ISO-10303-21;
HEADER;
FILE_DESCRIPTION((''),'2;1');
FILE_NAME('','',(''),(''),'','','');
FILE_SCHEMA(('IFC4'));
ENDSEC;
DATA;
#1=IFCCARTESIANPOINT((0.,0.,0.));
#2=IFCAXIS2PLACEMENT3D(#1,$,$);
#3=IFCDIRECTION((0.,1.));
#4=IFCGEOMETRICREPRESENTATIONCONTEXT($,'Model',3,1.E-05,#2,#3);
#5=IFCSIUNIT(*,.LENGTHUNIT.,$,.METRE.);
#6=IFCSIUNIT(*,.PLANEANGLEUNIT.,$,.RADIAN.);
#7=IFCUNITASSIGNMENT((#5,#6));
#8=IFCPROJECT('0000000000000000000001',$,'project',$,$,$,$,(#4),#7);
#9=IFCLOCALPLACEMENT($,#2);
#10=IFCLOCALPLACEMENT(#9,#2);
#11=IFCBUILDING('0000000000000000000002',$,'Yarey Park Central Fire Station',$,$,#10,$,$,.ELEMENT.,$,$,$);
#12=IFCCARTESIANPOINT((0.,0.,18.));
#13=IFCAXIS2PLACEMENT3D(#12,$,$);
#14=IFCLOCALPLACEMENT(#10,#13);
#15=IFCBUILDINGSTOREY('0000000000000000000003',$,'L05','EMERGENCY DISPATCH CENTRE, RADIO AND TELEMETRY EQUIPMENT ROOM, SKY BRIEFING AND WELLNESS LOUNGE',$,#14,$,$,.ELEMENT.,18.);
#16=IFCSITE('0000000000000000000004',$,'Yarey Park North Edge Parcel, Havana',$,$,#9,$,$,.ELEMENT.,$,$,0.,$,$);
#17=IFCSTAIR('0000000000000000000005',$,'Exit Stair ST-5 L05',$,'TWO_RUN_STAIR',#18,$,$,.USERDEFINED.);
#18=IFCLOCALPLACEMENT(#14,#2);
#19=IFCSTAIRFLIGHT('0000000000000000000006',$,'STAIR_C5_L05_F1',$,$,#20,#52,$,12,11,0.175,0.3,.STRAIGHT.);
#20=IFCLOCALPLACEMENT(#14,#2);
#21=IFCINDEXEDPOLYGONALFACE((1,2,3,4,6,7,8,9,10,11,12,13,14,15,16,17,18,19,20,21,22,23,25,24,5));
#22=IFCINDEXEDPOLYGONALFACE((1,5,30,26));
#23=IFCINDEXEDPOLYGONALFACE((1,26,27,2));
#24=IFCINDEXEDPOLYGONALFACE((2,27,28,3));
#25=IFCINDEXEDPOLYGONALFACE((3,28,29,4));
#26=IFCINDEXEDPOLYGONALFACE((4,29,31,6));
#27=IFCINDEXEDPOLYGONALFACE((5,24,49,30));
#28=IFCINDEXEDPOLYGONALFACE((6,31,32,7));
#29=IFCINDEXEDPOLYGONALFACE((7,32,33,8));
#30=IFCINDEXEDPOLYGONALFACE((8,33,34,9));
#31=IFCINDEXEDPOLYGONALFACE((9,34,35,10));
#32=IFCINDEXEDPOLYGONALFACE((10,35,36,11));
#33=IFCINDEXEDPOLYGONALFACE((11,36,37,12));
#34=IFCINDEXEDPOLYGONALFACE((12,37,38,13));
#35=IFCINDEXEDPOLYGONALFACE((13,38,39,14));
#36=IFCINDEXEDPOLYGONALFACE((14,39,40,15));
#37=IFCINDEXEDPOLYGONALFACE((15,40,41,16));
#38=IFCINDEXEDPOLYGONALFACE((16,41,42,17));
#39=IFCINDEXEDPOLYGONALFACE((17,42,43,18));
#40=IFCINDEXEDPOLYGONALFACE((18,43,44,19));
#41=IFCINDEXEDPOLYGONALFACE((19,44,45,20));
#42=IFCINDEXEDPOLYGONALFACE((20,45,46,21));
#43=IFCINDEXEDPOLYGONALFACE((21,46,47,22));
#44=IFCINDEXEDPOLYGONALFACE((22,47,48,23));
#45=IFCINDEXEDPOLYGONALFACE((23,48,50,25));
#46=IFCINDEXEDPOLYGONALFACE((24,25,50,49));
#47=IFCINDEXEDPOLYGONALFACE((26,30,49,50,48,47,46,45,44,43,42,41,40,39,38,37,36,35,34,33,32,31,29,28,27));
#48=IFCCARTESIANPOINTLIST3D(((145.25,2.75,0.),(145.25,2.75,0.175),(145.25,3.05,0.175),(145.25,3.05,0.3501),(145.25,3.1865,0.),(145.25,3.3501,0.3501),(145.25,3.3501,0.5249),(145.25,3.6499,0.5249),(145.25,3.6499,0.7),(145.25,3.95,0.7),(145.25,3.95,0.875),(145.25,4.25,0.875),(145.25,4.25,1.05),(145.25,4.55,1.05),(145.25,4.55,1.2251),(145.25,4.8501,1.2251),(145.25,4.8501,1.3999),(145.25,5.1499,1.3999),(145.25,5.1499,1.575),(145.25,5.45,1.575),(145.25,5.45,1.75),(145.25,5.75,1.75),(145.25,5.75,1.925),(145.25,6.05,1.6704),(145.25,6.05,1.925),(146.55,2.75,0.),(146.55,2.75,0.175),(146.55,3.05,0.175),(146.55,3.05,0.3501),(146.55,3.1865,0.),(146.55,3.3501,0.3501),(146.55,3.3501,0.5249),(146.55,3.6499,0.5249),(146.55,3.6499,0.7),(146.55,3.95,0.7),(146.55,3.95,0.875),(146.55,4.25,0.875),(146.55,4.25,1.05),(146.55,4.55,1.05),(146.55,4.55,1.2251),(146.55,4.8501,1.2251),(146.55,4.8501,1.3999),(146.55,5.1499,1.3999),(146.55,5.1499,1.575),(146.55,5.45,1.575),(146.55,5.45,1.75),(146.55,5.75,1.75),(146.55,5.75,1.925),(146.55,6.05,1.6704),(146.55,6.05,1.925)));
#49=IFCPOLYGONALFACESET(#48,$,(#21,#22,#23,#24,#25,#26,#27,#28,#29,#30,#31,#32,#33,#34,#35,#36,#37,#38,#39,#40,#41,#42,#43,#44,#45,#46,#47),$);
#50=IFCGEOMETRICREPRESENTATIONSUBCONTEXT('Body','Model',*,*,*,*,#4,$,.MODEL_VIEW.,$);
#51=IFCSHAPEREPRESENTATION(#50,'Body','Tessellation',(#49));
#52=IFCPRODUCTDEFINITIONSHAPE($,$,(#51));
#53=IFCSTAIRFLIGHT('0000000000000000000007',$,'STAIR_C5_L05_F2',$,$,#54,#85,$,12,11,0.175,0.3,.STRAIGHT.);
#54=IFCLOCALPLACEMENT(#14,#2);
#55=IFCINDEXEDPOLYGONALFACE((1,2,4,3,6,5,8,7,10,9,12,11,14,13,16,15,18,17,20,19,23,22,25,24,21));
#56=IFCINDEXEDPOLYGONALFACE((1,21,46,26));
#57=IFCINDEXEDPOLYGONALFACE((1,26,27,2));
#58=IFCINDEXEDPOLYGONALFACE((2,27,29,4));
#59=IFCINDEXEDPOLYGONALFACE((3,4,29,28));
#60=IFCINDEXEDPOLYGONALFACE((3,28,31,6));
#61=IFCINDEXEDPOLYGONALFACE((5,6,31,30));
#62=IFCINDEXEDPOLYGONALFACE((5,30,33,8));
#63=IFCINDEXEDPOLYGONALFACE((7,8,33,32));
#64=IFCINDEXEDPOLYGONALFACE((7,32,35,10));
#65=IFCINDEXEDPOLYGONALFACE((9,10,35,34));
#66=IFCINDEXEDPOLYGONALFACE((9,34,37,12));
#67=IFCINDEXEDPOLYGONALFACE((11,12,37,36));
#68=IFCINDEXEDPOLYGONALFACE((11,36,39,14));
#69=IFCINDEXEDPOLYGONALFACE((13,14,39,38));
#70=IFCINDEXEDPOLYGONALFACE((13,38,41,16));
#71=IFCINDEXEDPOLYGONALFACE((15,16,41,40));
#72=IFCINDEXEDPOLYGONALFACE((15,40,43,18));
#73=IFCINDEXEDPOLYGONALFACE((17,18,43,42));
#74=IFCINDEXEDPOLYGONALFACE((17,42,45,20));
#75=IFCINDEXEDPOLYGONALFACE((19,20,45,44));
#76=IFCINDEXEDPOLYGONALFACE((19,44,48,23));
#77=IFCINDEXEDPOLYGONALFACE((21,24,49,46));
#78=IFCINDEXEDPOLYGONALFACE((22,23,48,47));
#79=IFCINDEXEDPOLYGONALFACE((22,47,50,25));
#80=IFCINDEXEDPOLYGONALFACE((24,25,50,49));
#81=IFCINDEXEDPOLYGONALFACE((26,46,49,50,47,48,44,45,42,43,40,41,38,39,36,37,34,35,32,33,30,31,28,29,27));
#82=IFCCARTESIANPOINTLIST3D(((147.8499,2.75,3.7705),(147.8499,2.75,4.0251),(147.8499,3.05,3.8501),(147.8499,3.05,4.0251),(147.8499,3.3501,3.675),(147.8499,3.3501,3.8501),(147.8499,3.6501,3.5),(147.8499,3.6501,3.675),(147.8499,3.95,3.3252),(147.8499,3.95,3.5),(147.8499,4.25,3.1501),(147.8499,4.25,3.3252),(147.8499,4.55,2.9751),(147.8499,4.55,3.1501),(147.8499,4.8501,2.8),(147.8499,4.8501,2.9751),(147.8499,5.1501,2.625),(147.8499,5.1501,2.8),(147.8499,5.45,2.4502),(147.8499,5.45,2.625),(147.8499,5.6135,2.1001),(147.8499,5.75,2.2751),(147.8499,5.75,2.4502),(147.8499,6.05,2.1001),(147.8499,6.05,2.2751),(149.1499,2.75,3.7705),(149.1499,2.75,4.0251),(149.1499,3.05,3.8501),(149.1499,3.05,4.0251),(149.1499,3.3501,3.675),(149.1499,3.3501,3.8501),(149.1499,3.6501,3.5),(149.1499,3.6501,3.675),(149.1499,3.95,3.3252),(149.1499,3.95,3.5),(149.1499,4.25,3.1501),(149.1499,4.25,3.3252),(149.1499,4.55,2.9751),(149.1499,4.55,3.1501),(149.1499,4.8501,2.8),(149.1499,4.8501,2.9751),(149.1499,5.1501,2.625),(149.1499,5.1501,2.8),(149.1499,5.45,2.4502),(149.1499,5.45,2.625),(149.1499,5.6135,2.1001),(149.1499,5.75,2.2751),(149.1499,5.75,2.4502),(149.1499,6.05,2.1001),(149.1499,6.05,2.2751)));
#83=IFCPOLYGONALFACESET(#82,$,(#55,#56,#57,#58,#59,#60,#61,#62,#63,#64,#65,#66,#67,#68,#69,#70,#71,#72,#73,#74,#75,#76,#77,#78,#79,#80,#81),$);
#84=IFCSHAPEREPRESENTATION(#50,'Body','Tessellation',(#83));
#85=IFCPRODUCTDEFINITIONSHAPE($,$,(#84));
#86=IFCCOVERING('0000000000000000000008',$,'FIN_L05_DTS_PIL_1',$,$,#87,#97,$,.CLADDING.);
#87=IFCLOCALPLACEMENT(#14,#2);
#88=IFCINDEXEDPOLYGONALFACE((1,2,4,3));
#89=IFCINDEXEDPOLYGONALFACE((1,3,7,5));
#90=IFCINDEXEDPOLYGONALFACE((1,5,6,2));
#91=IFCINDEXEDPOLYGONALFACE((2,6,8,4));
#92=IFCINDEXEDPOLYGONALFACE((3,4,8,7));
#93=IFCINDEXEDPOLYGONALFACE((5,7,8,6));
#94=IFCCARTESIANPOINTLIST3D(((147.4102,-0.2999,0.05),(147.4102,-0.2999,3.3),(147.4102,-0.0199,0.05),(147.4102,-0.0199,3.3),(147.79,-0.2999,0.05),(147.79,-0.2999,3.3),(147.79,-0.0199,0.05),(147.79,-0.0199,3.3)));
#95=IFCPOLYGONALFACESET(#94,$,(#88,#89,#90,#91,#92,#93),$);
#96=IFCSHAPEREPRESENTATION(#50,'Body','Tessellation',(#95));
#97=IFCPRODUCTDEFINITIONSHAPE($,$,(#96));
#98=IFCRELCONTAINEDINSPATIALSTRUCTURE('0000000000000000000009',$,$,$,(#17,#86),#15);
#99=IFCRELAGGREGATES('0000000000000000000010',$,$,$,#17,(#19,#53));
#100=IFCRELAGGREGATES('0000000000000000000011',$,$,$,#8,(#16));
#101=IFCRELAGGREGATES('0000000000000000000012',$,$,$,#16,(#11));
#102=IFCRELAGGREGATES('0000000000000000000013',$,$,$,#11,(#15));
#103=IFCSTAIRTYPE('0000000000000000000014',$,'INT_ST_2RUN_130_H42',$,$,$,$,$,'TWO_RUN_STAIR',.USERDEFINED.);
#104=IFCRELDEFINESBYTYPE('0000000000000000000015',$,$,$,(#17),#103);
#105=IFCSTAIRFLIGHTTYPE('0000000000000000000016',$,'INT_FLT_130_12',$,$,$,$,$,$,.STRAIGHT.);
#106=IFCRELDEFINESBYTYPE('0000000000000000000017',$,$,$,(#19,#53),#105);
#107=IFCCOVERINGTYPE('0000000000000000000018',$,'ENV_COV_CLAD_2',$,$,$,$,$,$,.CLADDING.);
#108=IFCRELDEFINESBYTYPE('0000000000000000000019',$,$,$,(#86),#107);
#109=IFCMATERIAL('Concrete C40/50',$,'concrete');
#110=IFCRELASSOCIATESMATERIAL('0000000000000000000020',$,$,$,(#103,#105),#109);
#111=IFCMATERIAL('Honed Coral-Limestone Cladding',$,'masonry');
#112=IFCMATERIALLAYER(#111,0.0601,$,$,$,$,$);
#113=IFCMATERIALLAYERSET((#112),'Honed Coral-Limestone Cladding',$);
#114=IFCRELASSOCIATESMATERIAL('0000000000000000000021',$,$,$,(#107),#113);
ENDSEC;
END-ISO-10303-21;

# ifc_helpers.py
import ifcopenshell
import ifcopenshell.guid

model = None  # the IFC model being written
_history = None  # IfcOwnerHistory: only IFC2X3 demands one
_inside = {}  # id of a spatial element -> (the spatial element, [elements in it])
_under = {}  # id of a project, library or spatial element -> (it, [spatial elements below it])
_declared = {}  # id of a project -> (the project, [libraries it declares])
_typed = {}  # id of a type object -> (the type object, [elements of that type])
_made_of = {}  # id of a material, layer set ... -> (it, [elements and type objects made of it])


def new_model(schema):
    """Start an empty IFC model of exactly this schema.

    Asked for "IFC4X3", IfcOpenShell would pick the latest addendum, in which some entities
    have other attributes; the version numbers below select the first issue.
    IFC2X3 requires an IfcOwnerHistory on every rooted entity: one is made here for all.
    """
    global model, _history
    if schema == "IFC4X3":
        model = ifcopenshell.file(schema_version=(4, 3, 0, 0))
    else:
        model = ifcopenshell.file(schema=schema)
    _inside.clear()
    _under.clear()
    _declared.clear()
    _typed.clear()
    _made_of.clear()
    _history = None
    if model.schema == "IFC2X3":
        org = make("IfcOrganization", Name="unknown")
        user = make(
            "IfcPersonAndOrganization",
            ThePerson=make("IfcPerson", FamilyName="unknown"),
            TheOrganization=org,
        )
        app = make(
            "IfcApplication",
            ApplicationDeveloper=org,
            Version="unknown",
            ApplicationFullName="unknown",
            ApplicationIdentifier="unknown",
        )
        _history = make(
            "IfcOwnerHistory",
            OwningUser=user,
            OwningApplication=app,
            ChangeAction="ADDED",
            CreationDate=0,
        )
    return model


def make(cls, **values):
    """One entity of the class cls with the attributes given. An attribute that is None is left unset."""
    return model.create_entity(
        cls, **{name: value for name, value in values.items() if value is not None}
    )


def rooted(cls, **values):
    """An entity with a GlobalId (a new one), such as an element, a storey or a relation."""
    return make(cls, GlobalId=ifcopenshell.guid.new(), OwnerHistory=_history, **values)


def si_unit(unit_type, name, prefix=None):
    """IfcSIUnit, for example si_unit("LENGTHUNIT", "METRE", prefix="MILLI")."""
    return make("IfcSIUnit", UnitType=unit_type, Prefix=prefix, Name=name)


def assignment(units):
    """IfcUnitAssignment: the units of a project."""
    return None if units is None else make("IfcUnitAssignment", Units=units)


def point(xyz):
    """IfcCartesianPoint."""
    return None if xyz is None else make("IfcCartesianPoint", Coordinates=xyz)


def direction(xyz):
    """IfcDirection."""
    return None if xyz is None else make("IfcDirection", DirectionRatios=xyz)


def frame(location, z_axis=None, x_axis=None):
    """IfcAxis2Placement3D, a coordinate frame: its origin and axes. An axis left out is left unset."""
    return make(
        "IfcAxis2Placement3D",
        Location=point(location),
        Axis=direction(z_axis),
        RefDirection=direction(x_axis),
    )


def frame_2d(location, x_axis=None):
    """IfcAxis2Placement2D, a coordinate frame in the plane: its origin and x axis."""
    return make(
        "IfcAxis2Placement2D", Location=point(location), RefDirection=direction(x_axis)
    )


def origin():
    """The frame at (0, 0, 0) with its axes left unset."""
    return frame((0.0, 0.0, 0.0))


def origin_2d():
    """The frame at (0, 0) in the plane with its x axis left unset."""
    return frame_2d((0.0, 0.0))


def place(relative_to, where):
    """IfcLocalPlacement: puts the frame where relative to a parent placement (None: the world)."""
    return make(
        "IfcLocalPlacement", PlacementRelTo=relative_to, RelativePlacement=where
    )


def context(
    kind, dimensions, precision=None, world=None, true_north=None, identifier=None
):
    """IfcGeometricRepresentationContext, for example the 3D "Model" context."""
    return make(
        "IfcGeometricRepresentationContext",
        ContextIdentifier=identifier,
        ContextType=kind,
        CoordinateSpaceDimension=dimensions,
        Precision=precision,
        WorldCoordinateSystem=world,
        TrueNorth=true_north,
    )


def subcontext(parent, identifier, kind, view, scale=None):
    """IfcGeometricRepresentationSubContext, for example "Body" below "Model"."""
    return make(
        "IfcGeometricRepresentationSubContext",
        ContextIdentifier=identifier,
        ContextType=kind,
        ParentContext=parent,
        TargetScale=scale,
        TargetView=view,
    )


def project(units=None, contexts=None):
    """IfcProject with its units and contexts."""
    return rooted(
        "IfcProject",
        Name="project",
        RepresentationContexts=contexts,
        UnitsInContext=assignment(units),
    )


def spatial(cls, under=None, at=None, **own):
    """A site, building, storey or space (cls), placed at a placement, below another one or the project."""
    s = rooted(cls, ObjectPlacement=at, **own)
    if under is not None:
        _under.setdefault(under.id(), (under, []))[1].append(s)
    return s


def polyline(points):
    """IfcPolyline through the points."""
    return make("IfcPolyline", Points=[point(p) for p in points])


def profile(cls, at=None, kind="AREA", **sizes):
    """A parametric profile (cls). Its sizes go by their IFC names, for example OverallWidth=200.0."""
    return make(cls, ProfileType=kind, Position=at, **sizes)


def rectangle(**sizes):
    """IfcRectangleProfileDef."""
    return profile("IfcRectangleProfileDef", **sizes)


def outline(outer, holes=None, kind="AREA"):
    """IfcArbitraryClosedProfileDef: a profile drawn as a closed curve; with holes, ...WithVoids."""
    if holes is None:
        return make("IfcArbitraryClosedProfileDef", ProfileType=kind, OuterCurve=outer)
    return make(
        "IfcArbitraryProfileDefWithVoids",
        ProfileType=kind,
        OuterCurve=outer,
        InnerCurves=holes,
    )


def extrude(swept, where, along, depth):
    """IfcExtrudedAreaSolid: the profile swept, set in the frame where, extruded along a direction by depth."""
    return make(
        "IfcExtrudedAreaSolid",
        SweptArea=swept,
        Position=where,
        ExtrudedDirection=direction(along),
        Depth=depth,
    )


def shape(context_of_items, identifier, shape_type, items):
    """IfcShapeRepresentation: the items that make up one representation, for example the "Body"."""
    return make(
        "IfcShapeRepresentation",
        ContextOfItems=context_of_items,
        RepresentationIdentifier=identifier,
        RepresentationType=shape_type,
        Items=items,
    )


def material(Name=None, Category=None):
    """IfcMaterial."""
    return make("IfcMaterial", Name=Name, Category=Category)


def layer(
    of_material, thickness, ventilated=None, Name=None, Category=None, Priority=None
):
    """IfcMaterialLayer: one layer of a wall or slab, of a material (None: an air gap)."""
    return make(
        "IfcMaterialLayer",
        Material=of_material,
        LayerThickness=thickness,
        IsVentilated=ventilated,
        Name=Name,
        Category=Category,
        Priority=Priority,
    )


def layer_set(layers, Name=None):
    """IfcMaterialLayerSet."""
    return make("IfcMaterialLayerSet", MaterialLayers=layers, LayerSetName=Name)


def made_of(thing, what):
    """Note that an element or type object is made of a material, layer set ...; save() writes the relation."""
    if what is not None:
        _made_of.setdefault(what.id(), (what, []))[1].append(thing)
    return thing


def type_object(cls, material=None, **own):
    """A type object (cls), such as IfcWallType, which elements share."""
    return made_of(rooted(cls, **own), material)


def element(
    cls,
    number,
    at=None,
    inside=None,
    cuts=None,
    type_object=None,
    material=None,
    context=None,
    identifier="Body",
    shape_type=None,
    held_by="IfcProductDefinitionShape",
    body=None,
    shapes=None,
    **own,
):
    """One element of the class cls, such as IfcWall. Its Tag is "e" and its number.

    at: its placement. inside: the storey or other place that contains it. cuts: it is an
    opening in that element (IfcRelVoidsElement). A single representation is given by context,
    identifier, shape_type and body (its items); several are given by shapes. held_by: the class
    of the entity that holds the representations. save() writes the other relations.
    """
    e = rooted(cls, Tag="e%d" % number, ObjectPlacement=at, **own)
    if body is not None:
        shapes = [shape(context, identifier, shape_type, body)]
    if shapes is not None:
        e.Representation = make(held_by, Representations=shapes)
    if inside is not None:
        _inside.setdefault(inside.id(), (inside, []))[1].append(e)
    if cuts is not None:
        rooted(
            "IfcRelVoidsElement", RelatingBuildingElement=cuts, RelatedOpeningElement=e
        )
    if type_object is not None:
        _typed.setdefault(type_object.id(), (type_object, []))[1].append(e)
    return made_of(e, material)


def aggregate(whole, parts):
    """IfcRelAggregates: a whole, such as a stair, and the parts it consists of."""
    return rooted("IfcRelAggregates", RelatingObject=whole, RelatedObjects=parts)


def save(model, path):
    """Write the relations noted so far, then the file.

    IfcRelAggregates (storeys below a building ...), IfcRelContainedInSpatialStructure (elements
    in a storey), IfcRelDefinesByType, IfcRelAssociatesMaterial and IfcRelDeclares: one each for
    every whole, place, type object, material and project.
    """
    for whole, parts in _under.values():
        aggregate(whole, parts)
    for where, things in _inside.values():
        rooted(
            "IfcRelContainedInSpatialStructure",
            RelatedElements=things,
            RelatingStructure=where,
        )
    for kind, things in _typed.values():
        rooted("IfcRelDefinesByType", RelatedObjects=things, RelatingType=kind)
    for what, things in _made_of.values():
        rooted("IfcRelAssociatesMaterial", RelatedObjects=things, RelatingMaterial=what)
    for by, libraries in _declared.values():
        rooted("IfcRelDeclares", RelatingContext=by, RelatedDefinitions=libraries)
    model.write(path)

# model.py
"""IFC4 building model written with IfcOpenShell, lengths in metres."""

from ifc_helpers import new_model, si_unit, direction, frame, origin, origin_2d, place, context, subcontext, project, spatial, polyline, rectangle, outline, extrude, material, layer, layer_set, type_object, element, aggregate, save


model = new_model("IFC4")

# Units and contexts
model_context = context("Model", 3, precision=1e-05, world=origin(), true_north=direction((0.0, 1.0)))
body_context = subcontext(model_context, "Body", "Model", "MODEL_VIEW")
ifc_project = project(units=[si_unit("LENGTHUNIT", "METRE"), si_unit("PLANEANGLEUNIT", "RADIAN")], contexts=[model_context])

# Site, building, storey
site_placement = place(None, origin())
site = spatial("IfcSite", under=ifc_project, at=site_placement, Name="Yarey Park North Edge Parcel, Havana", CompositionType="ELEMENT", RefElevation=0.0)
building_placement = place(site_placement, origin())
building = spatial("IfcBuilding", under=site, at=building_placement, Name="Yarey Park Central Fire Station", CompositionType="ELEMENT")
storey_placement = place(building_placement, frame((0.0, 0.0, 18.0)))
storey = spatial("IfcBuildingStorey", under=building, at=storey_placement, Name="L05", Description="EMERGENCY DISPATCH CENTRE, RADIO AND TELEMETRY EQUIPMENT ROOM, SKY BRIEFING AND WELLNESS LOUNGE", CompositionType="ELEMENT", Elevation=18.0)

# Shared definitions
ifc_material_1 = material(Name="Concrete C40/50", Category="concrete")

# Stair, stair flights
stair_type = type_object("IfcStairType", Name="INT_ST_2RUN_130_H42", ElementType="TWO_RUN_STAIR", PredefinedType="USERDEFINED", material=ifc_material_1)
stair_placement = place(storey_placement, origin())
stair = element("IfcStair", 1, at=stair_placement, inside=storey, type_object=stair_type, Name="Exit Stair ST-5 L05", ObjectType="TWO_RUN_STAIR", PredefinedType="USERDEFINED")
stair_flight_type = type_object("IfcStairFlightType", Name="INT_FLT_130_12", PredefinedType="STRAIGHT", material=ifc_material_1)
stair_flight_1_placement = place(storey_placement, frame((145.8999, 2.75, 0.0), z_axis=(0.0, 0.0, 1.0), x_axis=(0.0, 1.0, 0.0)))
stair_flight_1 = element("IfcStairFlight", 2, at=stair_flight_1_placement, type_object=stair_flight_type, Name="STAIR_C5_L05_F1", NumberOfRisers=12, NumberOfTreads=11, PredefinedType="STRAIGHT", RiserHeight=0.175, TreadLength=0.3, context=body_context, shape_type="SweptSolid", body=[
    extrude(outline(polyline([(0.0, 0.0), (0.0, 0.175), (0.3, 0.175), (0.3, 0.3501), (0.6001, 0.3501), (0.6001, 0.5249), (0.8999, 0.5249), (0.8999, 0.7), (1.2, 0.7), (1.2, 0.875), (1.5, 0.875), (1.5, 1.05), (1.8, 1.05), (1.8, 1.2251), (2.1001, 1.2251), (2.1001, 1.3999), (2.3999, 1.3999), (2.3999, 1.575), (2.7, 1.575), (2.7, 1.75), (3.0, 1.75), (3.0, 1.925), (3.3, 1.925), (3.3, 2.1001), (3.3, 1.6704), (0.4365, 0.0), (0.0, 0.0)])), frame((0.0, 0.6499, 0.0), z_axis=(0.0, -1.0, 0.0), x_axis=(1.0, 0.0, 0.0)), (0.0, 0.0, 1.0), 1.3),
])
stair_flight_2_placement = place(storey_placement, frame((148.5, 6.05, 2.1001), z_axis=(0.0, 0.0, 1.0), x_axis=(0.0, -1.0, 0.0)))
stair_flight_2 = element("IfcStairFlight", 3, at=stair_flight_2_placement, type_object=stair_flight_type, Name="STAIR_C5_L05_F2", NumberOfRisers=12, NumberOfTreads=11, PredefinedType="STRAIGHT", RiserHeight=0.175, TreadLength=0.3, context=body_context, shape_type="SweptSolid", body=[
    extrude(outline(polyline([(0.0, 0.0), (0.0, 0.175), (0.3, 0.175), (0.3, 0.3501), (0.6001, 0.3501), (0.6001, 0.5249), (0.8999, 0.5249), (0.8999, 0.7), (1.2, 0.7), (1.2, 0.875), (1.5, 0.875), (1.5, 1.05), (1.8, 1.05), (1.8, 1.2251), (2.1001, 1.2251), (2.1001, 1.3999), (2.3999, 1.3999), (2.3999, 1.575), (2.7, 1.575), (2.7, 1.75), (3.0, 1.75), (3.0, 1.925), (3.3, 1.925), (3.3, 2.1001), (3.3, 1.6704), (0.4365, 0.0), (0.0, 0.0)])), frame((0.0, 0.6499, 0.0), z_axis=(0.0, -1.0, 0.0), x_axis=(1.0, 0.0, 0.0)), (0.0, 0.0, 1.0), 1.3),
])
aggregate(stair, [stair_flight_1, stair_flight_2])

# Covering
ifc_material_2 = material(Name="Honed Coral-Limestone Cladding", Category="masonry")
ifc_layer_1 = layer(ifc_material_2, 0.0601)
ifc_layer_set_1 = layer_set([ifc_layer_1], Name="Honed Coral-Limestone Cladding")
covering_type = type_object("IfcCoveringType", Name="ENV_COV_CLAD_2", PredefinedType="CLADDING", material=ifc_layer_set_1)
covering_placement = place(storey_placement, frame((147.6001, -0.1599, 0.05), z_axis=(0.0, 0.0, 1.0), x_axis=(1.0, 0.0, 0.0)))
element("IfcCovering", 4, at=covering_placement, inside=storey, type_object=covering_type, Name="FIN_L05_DTS_PIL_1", PredefinedType="CLADDING", context=body_context, shape_type="SweptSolid", body=[
    extrude(rectangle(XDim=0.3799, YDim=0.28, at=origin_2d()), origin(), (0.0, 0.0, 1.0), 3.25),
])

save(model, "model.ifc")
